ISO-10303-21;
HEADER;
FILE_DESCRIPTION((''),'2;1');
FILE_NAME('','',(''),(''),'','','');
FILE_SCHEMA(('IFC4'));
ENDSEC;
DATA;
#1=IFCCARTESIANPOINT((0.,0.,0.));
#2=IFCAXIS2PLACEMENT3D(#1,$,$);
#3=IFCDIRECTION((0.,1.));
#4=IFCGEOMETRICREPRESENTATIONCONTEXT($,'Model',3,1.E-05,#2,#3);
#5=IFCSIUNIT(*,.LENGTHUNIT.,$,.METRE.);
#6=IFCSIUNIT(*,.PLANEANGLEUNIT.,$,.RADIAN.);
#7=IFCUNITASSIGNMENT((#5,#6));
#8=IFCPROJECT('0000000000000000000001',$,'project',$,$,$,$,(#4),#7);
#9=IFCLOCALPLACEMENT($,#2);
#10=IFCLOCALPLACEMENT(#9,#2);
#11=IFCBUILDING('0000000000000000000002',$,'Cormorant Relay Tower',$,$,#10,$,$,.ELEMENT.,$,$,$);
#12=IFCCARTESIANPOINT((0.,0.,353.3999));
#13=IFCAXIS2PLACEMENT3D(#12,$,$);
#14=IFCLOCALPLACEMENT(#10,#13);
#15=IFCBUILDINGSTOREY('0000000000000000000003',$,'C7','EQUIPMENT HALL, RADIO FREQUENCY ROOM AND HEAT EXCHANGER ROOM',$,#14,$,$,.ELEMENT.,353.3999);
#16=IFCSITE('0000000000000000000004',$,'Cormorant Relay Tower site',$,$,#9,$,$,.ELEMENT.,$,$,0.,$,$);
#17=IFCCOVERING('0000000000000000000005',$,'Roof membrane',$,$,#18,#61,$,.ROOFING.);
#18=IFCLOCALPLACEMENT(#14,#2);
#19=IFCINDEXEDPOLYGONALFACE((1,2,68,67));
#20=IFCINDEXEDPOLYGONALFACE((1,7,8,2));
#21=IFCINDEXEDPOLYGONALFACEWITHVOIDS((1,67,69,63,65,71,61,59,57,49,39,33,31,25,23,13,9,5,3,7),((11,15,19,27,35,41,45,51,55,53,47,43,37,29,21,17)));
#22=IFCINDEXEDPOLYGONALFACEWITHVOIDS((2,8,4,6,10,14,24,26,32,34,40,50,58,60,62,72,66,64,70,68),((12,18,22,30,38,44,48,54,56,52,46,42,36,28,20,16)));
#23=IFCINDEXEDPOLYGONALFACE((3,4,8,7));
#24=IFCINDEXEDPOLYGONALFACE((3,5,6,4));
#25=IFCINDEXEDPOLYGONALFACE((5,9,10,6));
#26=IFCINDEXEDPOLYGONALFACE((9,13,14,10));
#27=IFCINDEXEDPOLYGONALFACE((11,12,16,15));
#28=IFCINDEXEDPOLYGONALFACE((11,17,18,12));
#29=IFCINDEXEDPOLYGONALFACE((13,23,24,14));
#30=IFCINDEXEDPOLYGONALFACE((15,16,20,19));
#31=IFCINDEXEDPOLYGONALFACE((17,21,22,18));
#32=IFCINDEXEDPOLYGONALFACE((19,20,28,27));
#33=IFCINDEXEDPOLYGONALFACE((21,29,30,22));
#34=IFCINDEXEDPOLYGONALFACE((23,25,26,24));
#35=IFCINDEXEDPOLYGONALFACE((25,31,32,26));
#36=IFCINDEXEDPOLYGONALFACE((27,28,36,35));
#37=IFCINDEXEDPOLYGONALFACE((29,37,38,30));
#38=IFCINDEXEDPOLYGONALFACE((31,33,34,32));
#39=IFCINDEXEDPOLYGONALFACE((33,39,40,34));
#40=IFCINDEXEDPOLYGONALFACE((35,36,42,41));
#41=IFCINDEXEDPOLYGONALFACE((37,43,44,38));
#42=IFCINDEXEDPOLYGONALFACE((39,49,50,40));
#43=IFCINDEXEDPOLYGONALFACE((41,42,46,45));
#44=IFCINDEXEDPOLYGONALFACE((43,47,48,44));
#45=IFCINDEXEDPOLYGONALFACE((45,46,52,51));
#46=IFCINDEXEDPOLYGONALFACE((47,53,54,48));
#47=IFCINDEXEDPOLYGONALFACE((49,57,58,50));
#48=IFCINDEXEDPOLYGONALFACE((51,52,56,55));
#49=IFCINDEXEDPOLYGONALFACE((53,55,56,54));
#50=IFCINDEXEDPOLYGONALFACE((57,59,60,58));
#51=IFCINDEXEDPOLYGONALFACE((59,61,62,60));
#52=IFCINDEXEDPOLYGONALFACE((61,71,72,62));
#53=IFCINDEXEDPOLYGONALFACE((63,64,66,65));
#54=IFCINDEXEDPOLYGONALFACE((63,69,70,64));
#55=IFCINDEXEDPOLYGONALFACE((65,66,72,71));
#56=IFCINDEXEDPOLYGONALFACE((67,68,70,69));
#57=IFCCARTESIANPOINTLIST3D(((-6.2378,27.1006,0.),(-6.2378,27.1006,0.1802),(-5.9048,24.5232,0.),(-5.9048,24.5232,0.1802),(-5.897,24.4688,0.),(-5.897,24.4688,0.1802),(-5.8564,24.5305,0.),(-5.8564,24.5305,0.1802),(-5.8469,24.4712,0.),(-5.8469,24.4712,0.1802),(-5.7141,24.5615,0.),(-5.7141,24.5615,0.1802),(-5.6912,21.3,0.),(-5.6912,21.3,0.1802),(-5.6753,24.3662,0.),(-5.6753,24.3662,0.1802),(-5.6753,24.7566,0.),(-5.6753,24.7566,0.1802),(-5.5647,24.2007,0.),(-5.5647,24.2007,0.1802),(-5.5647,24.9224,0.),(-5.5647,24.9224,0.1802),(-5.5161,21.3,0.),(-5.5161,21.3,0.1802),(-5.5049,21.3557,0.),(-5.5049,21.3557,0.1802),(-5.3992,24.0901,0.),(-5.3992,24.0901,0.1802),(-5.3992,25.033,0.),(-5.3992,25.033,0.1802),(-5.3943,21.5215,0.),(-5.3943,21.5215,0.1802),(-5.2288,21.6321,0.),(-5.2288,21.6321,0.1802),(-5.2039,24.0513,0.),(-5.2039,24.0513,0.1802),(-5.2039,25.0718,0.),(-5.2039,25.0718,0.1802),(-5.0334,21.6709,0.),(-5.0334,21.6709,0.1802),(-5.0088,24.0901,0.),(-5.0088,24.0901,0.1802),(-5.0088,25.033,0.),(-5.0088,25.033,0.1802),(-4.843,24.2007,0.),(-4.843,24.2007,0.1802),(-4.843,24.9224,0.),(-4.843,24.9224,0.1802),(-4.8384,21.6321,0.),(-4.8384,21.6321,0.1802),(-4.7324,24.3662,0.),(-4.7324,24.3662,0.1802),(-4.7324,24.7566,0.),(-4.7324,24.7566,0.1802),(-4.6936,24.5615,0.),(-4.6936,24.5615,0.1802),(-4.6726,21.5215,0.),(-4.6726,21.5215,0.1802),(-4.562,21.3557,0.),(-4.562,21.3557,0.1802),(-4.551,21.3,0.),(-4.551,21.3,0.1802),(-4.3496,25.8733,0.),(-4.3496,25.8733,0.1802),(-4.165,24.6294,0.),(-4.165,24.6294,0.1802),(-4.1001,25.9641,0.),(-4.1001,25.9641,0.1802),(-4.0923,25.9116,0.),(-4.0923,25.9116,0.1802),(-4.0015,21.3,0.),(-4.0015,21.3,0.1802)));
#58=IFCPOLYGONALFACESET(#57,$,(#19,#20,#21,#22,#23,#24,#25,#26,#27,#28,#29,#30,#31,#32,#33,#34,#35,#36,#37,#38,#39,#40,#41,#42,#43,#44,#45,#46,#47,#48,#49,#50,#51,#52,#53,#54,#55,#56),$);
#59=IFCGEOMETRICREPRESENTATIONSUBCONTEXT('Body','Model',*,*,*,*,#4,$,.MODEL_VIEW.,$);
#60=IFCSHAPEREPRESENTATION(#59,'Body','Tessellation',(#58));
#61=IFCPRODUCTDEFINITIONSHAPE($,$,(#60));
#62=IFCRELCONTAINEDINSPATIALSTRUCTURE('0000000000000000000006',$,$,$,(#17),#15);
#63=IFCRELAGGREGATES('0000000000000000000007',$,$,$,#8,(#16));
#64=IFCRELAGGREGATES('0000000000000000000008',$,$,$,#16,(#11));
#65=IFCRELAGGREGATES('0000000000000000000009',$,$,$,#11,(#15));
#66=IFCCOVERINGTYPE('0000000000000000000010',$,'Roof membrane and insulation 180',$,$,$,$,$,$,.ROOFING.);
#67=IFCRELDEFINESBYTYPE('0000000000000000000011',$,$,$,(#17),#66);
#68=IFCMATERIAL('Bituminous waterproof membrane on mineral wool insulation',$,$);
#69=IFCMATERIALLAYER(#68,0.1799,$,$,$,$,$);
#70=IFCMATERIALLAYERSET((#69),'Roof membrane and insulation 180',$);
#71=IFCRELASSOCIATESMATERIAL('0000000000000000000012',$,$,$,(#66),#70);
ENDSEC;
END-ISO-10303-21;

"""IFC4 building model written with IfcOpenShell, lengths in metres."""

from ifc_helpers import new_model, si_unit, direction, frame, origin, place, context, subcontext, project, spatial, polyline, outline, extrude, material, layer, layer_set, type_object, element, save


model = new_model("IFC4")

# Units and contexts
model_context = context("Model", 3, precision=1e-05, world=origin(), true_north=direction((0.0, 1.0)))
body_context = subcontext(model_context, "Body", "Model", "MODEL_VIEW")
ifc_project = project(units=[si_unit("LENGTHUNIT", "METRE"), si_unit("PLANEANGLEUNIT", "RADIAN")], contexts=[model_context])

# Site, building, storey
site_placement = place(None, origin())
site = spatial("IfcSite", under=ifc_project, at=site_placement, Name="Cormorant Relay Tower site", CompositionType="ELEMENT", RefElevation=0.0)
building_placement = place(site_placement, origin())
building = spatial("IfcBuilding", under=site, at=building_placement, Name="Cormorant Relay Tower", CompositionType="ELEMENT")
storey_placement = place(building_placement, frame((0.0, 0.0, 353.3999)))
storey = spatial("IfcBuildingStorey", under=building, at=storey_placement, Name="C7", Description="EQUIPMENT HALL, RADIO FREQUENCY ROOM AND HEAT EXCHANGER ROOM", CompositionType="ELEMENT", Elevation=353.3999)

# Covering
ifc_material_1 = material(Name="Bituminous waterproof membrane on mineral wool insulation")
ifc_layer_1 = layer(ifc_material_1, 0.1799)
ifc_layer_set_1 = layer_set([ifc_layer_1], Name="Roof membrane and insulation 180")
covering_type_1 = type_object("IfcCoveringType", Name="Roof membrane and insulation 180", PredefinedType="ROOFING", material=ifc_layer_set_1)
covering_1_placement = place(storey_placement, origin())
element("IfcCovering", 1, at=covering_1_placement, inside=storey, type_object=covering_type_1, Name="Roof membrane", PredefinedType="ROOFING", context=body_context, shape_type="SweptSolid", body=[
    extrude(outline(polyline([(-5.6912, 21.3), (-5.8469, 24.4712), (-5.897, 24.4688), (-5.9048, 24.5232), (-5.8564, 24.5305), (-6.2378, 27.1006), (-4.1001, 25.9641), (-4.0923, 25.9116), (-4.3496, 25.8733), (-4.165, 24.6294), (-4.0015, 21.3), (-4.551, 21.3), (-4.562, 21.3557), (-4.6726, 21.5215), (-4.8384, 21.6321), (-5.0334, 21.6709), (-5.2288, 21.6321), (-5.3943, 21.5215), (-5.5049, 21.3557), (-5.5161, 21.3), (-5.6912, 21.3)]), holes=[polyline([(-4.7324, 24.3662), (-4.6936, 24.5615), (-4.7324, 24.7566), (-4.843, 24.9224), (-5.0088, 25.033), (-5.2039, 25.0718), (-5.3992, 25.033), (-5.5647, 24.9224), (-5.6753, 24.7566), (-5.7141, 24.5615), (-5.6753, 24.3662), (-5.5647, 24.2007), (-5.3992, 24.0901), (-5.2039, 24.0513), (-5.0088, 24.0901), (-4.843, 24.2007), (-4.7324, 24.3662)])]), origin(), (0.0, 0.0, 1.0), 0.1802),
])

save(model, "model.ifc")
